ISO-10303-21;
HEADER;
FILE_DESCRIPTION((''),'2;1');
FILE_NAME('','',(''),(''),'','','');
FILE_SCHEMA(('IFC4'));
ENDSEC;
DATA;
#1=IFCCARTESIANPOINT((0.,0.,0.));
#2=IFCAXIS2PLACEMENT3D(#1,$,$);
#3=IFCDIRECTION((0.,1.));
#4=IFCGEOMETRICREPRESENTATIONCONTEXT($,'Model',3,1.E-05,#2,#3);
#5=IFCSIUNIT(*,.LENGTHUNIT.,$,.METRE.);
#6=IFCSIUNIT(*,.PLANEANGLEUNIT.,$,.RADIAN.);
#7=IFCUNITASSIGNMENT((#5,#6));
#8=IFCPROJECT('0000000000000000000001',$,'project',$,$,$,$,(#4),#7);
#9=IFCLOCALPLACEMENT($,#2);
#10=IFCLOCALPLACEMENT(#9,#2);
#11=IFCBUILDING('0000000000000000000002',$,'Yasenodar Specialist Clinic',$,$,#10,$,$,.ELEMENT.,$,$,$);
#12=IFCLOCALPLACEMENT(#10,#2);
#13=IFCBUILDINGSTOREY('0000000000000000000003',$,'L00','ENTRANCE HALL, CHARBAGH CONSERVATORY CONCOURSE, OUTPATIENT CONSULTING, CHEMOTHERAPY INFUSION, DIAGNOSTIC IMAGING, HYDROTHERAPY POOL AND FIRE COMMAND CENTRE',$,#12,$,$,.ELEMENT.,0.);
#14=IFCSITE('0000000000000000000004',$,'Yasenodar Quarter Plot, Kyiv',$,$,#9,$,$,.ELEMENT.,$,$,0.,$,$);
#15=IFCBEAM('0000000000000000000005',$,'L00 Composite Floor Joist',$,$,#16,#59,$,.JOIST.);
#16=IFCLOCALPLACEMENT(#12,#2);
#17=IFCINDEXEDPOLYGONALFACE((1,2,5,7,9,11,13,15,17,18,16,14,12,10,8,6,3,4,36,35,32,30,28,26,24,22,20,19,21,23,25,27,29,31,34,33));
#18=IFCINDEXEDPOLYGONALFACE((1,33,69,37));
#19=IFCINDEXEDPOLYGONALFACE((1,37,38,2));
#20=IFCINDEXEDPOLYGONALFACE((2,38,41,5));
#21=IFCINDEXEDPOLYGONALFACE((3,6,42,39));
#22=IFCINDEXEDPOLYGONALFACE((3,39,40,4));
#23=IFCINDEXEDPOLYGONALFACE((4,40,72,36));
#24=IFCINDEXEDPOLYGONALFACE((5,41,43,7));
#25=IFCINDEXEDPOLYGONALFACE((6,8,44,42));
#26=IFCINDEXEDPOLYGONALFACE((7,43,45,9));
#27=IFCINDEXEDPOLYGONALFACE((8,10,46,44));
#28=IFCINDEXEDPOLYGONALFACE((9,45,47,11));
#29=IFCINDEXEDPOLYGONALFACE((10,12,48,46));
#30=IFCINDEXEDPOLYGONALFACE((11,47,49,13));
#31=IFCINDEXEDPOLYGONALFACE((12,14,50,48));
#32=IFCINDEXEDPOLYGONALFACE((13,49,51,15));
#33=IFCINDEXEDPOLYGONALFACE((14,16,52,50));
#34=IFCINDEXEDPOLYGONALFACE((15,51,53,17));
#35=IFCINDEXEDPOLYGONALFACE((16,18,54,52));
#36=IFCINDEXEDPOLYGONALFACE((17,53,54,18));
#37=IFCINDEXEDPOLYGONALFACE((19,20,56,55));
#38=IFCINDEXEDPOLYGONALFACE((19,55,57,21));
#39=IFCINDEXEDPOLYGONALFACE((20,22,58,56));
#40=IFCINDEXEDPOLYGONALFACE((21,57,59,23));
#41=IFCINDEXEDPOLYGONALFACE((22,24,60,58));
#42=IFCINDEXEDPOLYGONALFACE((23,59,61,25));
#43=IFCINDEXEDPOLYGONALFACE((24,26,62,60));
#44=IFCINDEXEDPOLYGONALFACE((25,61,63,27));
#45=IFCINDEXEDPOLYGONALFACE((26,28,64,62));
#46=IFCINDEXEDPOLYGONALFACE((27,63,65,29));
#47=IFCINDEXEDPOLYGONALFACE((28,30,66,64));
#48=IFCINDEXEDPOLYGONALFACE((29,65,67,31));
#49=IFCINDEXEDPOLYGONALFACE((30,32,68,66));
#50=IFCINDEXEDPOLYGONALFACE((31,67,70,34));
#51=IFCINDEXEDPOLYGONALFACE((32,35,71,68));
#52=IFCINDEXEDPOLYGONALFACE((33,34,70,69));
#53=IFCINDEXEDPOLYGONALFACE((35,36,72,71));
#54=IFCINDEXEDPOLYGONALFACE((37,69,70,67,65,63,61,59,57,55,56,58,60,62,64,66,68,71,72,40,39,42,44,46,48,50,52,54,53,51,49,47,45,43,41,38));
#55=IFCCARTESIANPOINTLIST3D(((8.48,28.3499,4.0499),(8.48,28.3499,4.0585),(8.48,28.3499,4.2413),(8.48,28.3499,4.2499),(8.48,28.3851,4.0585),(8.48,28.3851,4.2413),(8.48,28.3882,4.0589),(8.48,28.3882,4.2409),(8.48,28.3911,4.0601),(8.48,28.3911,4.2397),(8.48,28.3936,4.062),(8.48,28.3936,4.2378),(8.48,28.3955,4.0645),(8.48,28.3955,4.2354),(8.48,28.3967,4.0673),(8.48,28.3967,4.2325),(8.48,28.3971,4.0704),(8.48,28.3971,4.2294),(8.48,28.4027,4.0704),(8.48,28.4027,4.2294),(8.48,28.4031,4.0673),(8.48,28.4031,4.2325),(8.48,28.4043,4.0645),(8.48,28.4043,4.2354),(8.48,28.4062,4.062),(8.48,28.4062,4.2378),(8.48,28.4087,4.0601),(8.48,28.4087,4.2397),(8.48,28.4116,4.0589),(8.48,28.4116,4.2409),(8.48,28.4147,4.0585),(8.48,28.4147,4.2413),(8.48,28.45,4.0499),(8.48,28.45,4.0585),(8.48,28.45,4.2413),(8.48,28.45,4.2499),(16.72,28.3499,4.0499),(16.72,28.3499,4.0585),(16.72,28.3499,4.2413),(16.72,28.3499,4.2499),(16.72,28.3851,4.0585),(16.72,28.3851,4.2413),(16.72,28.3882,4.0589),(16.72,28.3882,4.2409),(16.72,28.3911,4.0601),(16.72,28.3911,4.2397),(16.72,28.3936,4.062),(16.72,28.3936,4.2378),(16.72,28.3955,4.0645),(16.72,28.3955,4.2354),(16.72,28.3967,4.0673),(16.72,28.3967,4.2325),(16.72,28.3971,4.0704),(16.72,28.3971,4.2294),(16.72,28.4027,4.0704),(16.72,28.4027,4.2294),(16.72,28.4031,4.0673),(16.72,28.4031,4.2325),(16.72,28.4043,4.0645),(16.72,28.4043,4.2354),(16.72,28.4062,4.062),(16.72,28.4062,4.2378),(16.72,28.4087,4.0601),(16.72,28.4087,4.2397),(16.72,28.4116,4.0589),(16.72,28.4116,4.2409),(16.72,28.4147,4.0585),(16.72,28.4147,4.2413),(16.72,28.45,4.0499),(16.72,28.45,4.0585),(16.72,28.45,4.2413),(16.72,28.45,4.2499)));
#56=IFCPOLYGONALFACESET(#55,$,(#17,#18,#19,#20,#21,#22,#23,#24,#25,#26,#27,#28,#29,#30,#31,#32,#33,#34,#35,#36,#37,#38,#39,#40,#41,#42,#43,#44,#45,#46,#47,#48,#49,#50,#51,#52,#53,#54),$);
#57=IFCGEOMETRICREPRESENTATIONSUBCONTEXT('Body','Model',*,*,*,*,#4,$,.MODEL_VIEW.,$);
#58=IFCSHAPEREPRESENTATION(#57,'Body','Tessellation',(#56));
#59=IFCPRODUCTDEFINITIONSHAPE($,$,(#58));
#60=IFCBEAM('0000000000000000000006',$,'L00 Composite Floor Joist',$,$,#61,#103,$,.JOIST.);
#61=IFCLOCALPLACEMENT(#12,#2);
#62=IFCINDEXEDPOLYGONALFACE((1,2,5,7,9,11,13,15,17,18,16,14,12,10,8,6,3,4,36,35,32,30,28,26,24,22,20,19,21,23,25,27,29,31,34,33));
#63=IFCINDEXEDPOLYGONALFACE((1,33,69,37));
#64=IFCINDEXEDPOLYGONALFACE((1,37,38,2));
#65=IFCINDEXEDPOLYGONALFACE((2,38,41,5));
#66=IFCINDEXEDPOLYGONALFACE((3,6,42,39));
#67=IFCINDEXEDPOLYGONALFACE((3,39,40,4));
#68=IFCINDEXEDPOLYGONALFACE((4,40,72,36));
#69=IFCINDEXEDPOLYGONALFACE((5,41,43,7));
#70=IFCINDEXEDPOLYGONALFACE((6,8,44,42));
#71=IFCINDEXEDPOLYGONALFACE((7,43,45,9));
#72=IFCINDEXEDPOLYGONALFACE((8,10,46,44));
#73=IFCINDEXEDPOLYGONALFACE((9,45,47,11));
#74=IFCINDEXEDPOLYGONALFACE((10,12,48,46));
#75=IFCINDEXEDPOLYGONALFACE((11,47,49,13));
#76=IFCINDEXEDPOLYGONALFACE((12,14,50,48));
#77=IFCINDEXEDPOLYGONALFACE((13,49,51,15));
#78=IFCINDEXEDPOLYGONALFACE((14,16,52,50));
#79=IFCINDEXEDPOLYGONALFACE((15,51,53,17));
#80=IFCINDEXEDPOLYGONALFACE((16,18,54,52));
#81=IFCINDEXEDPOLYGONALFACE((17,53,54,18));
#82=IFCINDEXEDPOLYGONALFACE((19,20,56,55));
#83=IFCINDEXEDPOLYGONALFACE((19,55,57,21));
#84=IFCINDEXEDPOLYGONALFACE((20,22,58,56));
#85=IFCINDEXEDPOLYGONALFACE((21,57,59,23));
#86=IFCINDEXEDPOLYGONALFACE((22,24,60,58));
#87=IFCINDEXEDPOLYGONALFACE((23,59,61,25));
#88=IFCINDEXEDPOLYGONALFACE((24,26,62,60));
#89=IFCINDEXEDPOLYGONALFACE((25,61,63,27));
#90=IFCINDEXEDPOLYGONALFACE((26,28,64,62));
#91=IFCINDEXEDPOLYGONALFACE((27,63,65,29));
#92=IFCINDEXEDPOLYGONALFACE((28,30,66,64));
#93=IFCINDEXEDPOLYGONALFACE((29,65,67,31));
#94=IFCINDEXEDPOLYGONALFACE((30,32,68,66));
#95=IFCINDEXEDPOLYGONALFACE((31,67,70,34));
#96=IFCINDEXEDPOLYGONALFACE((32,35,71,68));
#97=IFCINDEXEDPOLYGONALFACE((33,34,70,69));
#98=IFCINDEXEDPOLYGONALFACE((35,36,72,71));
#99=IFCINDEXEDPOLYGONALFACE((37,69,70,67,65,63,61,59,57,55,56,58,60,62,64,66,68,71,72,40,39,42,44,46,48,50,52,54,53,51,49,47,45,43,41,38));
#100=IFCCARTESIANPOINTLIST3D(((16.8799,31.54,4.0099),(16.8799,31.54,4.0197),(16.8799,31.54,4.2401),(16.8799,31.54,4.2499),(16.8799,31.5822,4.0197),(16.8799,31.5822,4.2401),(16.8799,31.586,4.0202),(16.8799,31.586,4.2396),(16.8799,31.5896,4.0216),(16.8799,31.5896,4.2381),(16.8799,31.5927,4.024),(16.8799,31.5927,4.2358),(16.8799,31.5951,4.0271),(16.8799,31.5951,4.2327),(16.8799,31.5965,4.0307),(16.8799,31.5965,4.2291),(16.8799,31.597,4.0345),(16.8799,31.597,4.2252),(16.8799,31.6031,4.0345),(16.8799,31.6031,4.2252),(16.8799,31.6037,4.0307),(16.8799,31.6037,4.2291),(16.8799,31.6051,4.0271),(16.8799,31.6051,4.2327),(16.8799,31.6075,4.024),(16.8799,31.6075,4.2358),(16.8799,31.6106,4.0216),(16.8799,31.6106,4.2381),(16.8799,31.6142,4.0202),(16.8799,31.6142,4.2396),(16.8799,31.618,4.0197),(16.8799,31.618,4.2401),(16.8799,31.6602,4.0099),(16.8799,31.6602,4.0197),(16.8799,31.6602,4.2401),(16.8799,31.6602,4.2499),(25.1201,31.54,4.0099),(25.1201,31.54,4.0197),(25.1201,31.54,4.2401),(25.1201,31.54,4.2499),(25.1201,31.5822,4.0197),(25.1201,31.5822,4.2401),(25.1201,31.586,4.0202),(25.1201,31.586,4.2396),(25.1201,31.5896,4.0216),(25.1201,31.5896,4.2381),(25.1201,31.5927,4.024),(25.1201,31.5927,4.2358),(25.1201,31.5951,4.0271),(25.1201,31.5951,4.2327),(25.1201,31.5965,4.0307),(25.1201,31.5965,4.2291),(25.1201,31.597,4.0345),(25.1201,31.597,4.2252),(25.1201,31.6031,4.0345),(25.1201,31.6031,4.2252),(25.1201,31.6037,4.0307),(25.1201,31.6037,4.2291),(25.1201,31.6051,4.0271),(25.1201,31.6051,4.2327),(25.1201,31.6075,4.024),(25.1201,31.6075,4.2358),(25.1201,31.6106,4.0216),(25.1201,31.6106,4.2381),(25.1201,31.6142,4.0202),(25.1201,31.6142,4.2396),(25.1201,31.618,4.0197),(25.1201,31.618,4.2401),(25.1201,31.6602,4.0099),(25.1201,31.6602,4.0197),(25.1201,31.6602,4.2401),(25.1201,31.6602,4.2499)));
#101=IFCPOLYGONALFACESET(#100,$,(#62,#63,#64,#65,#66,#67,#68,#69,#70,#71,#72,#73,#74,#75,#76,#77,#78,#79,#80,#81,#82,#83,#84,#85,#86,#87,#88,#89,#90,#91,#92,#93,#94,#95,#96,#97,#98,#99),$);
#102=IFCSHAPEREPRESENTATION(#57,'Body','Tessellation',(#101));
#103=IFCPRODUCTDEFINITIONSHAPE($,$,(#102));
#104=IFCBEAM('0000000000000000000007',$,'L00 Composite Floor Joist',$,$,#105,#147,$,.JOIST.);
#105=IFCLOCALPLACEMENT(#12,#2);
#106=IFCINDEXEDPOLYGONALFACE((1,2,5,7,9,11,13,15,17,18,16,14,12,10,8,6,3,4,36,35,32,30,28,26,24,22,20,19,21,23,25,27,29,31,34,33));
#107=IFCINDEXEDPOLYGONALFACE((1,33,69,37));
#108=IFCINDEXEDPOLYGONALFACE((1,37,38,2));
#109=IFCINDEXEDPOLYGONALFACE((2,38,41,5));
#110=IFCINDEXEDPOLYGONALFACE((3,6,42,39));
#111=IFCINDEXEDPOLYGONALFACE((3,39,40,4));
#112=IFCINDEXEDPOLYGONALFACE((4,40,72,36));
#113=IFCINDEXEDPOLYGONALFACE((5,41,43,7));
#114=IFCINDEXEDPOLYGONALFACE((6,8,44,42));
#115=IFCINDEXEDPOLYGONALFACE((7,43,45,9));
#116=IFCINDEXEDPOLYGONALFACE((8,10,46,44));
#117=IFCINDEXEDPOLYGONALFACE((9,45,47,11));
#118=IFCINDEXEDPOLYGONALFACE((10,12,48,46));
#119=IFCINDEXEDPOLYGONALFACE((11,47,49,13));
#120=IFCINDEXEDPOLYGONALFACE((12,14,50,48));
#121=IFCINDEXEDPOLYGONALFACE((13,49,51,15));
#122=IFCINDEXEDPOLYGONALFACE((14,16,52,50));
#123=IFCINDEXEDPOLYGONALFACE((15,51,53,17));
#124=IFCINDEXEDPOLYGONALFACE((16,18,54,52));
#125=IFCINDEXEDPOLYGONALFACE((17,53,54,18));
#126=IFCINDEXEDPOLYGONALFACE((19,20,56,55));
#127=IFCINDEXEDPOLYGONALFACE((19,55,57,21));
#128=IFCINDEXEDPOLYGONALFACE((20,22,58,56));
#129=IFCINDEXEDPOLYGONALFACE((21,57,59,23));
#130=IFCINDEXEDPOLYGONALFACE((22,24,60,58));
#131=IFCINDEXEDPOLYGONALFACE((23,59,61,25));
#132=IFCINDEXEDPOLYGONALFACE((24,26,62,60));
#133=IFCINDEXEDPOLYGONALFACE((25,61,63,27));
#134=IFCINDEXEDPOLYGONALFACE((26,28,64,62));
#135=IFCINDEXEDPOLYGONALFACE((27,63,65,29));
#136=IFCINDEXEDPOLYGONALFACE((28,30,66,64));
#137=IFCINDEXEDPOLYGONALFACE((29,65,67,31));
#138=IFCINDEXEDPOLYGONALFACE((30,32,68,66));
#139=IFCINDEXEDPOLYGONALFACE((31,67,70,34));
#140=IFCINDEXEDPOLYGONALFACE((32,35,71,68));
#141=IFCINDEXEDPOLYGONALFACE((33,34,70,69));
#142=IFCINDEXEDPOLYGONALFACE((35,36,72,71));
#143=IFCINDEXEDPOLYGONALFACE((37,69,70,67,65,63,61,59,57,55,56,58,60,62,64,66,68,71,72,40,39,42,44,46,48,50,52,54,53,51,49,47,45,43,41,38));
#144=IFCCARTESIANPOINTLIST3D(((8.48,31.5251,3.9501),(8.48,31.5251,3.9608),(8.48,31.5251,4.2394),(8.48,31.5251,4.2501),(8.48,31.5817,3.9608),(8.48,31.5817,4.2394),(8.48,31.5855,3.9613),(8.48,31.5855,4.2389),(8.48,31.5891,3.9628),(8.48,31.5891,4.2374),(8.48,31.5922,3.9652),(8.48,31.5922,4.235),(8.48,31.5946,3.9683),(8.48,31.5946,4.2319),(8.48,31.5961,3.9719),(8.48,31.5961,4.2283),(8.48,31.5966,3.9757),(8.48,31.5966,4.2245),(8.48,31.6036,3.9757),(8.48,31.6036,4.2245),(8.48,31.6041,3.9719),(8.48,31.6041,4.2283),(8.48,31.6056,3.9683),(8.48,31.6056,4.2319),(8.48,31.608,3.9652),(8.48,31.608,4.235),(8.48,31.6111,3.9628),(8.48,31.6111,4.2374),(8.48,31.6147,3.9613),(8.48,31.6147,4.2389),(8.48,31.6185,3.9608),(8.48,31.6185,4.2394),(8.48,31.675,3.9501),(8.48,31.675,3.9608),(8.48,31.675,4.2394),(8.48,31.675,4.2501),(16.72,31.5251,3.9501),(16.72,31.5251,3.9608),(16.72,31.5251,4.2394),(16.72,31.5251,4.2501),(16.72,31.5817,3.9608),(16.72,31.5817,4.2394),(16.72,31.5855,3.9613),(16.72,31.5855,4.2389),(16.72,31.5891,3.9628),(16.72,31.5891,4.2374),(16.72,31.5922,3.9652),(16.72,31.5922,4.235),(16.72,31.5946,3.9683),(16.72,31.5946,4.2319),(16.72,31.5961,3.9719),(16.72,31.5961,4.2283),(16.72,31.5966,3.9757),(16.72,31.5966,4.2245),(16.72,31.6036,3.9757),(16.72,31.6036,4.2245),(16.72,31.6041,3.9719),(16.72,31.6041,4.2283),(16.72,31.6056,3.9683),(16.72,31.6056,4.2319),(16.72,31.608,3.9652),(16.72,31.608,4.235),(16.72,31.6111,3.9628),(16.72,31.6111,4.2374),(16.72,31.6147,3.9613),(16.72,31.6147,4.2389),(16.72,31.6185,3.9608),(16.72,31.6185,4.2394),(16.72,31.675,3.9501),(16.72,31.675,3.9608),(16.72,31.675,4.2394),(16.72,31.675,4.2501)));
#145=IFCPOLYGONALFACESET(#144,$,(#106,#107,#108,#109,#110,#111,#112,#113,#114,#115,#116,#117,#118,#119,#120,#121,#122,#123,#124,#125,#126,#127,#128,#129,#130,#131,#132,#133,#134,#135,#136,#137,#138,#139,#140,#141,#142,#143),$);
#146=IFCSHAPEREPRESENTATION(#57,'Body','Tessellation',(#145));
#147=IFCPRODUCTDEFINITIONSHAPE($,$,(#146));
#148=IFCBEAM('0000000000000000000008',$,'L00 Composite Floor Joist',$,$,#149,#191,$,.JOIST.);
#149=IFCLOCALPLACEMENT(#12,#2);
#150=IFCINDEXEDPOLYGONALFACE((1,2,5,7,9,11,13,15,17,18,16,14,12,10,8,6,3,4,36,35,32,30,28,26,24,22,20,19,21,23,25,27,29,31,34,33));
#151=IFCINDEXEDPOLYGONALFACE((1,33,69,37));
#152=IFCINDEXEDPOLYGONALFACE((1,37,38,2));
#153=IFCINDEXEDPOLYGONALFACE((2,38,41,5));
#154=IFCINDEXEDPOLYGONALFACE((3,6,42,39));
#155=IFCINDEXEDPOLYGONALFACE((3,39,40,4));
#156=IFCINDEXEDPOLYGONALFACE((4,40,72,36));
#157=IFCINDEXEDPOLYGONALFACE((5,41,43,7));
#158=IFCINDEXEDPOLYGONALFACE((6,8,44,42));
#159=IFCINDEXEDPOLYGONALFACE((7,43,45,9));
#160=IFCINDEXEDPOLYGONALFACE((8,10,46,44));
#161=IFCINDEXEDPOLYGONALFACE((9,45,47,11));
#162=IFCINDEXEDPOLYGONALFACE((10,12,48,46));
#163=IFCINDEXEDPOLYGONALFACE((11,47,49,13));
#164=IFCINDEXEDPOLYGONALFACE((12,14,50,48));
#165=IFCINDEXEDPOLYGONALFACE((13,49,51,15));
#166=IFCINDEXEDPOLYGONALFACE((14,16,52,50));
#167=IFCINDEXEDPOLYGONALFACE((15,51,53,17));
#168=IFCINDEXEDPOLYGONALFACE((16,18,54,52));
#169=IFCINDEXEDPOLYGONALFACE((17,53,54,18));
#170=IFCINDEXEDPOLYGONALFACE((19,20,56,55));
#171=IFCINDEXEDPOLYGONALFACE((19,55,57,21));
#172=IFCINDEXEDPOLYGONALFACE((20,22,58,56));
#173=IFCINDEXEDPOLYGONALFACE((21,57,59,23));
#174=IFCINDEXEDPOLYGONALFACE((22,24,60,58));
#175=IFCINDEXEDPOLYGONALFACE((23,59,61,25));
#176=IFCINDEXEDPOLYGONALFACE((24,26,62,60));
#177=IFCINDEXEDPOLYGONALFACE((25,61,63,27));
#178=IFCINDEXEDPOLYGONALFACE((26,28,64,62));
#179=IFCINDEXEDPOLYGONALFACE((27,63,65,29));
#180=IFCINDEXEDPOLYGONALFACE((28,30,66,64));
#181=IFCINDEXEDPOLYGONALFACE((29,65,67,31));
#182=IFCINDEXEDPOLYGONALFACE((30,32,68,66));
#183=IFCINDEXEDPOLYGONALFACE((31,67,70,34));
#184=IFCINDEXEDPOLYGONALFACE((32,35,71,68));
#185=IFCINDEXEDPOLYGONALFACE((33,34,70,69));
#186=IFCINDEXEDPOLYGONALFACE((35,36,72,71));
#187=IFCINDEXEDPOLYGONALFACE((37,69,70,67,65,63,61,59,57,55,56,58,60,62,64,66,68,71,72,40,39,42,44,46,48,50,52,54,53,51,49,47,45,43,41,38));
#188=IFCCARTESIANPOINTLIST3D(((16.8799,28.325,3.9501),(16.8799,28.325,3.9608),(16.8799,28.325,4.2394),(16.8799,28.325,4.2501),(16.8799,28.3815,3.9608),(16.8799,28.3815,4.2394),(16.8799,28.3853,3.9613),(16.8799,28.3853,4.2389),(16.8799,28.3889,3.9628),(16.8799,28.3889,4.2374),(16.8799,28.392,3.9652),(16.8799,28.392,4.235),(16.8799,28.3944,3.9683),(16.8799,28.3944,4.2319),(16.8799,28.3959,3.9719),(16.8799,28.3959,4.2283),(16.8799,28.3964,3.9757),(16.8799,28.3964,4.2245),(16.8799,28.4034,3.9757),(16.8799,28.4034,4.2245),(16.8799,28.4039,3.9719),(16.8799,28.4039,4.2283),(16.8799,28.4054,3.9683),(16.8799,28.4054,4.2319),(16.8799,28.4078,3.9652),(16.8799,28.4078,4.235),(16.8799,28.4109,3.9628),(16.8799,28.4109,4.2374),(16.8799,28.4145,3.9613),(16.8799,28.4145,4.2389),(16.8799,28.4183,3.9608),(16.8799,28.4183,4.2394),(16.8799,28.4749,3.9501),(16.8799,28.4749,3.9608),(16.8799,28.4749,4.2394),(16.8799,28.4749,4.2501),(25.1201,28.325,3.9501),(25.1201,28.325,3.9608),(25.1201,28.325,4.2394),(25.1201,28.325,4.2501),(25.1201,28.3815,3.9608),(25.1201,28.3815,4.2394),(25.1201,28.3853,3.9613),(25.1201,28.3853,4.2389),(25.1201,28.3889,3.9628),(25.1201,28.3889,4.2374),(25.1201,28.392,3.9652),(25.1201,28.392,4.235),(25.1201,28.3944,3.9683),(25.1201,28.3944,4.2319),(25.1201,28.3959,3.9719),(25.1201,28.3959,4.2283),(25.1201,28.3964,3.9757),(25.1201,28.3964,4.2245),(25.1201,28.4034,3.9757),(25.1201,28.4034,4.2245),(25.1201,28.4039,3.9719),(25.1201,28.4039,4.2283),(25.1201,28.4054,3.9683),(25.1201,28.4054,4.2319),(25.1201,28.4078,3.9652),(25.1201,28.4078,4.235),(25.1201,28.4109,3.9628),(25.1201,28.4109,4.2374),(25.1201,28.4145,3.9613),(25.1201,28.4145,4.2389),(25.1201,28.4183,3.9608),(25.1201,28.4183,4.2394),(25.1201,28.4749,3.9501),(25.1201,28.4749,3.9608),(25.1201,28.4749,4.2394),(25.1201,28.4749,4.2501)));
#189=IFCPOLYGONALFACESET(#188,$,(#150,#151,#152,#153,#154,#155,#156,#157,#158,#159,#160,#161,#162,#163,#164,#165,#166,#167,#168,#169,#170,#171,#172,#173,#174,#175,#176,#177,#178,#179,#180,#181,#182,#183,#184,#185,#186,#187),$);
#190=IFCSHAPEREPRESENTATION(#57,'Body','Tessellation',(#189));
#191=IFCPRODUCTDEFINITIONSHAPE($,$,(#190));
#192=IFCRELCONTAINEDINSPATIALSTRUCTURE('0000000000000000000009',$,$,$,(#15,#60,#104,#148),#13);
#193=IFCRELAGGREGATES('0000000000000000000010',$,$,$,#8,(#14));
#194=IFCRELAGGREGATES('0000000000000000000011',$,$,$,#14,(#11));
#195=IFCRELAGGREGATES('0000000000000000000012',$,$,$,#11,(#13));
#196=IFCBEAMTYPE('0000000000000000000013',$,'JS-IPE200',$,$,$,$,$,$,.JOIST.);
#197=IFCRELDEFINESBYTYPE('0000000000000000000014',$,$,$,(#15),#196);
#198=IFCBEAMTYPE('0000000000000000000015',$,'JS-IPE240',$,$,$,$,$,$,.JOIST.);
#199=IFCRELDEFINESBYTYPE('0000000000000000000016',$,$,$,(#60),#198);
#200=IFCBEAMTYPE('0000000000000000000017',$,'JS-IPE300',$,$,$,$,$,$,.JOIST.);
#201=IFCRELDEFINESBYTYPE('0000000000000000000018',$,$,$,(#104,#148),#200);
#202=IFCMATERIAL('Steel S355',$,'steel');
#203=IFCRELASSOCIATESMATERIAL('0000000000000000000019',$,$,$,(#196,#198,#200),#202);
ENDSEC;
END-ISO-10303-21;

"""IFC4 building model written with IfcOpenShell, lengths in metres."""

from ifc_helpers import new_model, si_unit, direction, frame, origin, origin_2d, place, context, subcontext, project, spatial, i_section, extrude, material, material_profile, profile_set, type_object, element, save


model = new_model("IFC4")

# Units and contexts
model_context = context("Model", 3, precision=1e-05, world=origin(), true_north=direction((0.0, 1.0)))
body_context = subcontext(model_context, "Body", "Model", "MODEL_VIEW")
ifc_project = project(units=[si_unit("LENGTHUNIT", "METRE"), si_unit("PLANEANGLEUNIT", "RADIAN")], contexts=[model_context])

# Site, building, storey
site_placement = place(None, origin())
site = spatial("IfcSite", under=ifc_project, at=site_placement, Name="Yasenodar Quarter Plot, Kyiv", CompositionType="ELEMENT", RefElevation=0.0)
building_placement = place(site_placement, origin())
building = spatial("IfcBuilding", under=site, at=building_placement, Name="Yasenodar Specialist Clinic", CompositionType="ELEMENT")
storey_placement = place(building_placement, origin())
storey = spatial("IfcBuildingStorey", under=building, at=storey_placement, Name="L00", Description="ENTRANCE HALL, CHARBAGH CONSERVATORY CONCOURSE, OUTPATIENT CONSULTING, CHEMOTHERAPY INFUSION, DIAGNOSTIC IMAGING, HYDROTHERAPY POOL AND FIRE COMMAND CENTRE", CompositionType="ELEMENT", Elevation=0.0)

# Shared definitions
ifc_material_1 = material(Name="Steel S355", Category="steel")

# Beams
ifc_material_profile_1 = material_profile(ifc_material_1, i_section(OverallWidth=0.1001, OverallDepth=0.2, WebThickness=0.0056, FlangeThickness=0.0085, FilletRadius=0.012, at=origin_2d()), Name="IPE 200")
ifc_profile_set_1 = profile_set([ifc_material_profile_1], Name="Steel S355")
beam_type_1 = type_object("IfcBeamType", Name="JS-IPE200", PredefinedType="JOIST", material=ifc_profile_set_1)
for number, where, z_axis, x_axis, name in (
    (1, (8.48, 28.3999, 4.1499), (1.0, 0.0, 0.0), (0.0, 1.0, 0.0), "L00 Composite Floor Joist"),
):
    element("IfcBeam", number, at=place(storey_placement, frame(where, z_axis=z_axis, x_axis=x_axis)), inside=storey, type_object=beam_type_1, Name=name, PredefinedType="JOIST", context=body_context, shape_type="SweptSolid", body=[
        extrude(i_section(OverallWidth=0.1001, OverallDepth=0.2, WebThickness=0.0056, FlangeThickness=0.0085, FilletRadius=0.012, at=origin_2d()), origin(), (0.0, 0.0, 1.0), 8.24),
    ])
ifc_material_profile_2 = material_profile(ifc_material_1, i_section(OverallWidth=0.1201, OverallDepth=0.24, WebThickness=0.0061, FlangeThickness=0.0098, FilletRadius=0.0149, at=origin_2d()), Name="IPE 240")
ifc_profile_set_2 = profile_set([ifc_material_profile_2], Name="Steel S355")
beam_type_2 = type_object("IfcBeamType", Name="JS-IPE240", PredefinedType="JOIST", material=ifc_profile_set_2)
beam_1_placement = place(storey_placement, frame((16.8799, 31.6001, 4.1299), z_axis=(1.0, 0.0, 0.0), x_axis=(0.0, 1.0, 0.0)))
element("IfcBeam", 2, at=beam_1_placement, inside=storey, type_object=beam_type_2, Name="L00 Composite Floor Joist", PredefinedType="JOIST", context=body_context, shape_type="SweptSolid", body=[
    extrude(i_section(OverallWidth=0.1201, OverallDepth=0.24, WebThickness=0.0061, FlangeThickness=0.0098, FilletRadius=0.0149, at=origin_2d()), origin(), (0.0, 0.0, 1.0), 8.2402),
])
ifc_material_profile_3 = material_profile(ifc_material_1, i_section(OverallWidth=0.1499, OverallDepth=0.3, WebThickness=0.0071, FlangeThickness=0.0107, FilletRadius=0.0149, at=origin_2d()), Name="IPE 300")
ifc_profile_set_3 = profile_set([ifc_material_profile_3], Name="Steel S355")
beam_type_3 = type_object("IfcBeamType", Name="JS-IPE300", PredefinedType="JOIST", material=ifc_profile_set_3)
beam_2_placement = place(storey_placement, frame((8.48, 31.6001, 4.1001), z_axis=(1.0, 0.0, 0.0), x_axis=(0.0, 1.0, 0.0)))
element("IfcBeam", 3, at=beam_2_placement, inside=storey, type_object=beam_type_3, Name="L00 Composite Floor Joist", PredefinedType="JOIST", context=body_context, shape_type="SweptSolid", body=[
    extrude(i_section(OverallWidth=0.1499, OverallDepth=0.3, WebThickness=0.0071, FlangeThickness=0.0107, FilletRadius=0.0149, at=origin_2d()), origin(), (0.0, 0.0, 1.0), 8.24),
])
beam_3_placement = place(storey_placement, frame((16.8799, 28.3999, 4.1001), z_axis=(1.0, 0.0, 0.0), x_axis=(0.0, 1.0, 0.0)))
element("IfcBeam", 4, at=beam_3_placement, inside=storey, type_object=beam_type_3, Name="L00 Composite Floor Joist", PredefinedType="JOIST", context=body_context, shape_type="SweptSolid", body=[
    extrude(i_section(OverallWidth=0.1499, OverallDepth=0.3, WebThickness=0.0071, FlangeThickness=0.0107, FilletRadius=0.0149, at=origin_2d()), origin(), (0.0, 0.0, 1.0), 8.2402),
])

save(model, "model.ifc")
